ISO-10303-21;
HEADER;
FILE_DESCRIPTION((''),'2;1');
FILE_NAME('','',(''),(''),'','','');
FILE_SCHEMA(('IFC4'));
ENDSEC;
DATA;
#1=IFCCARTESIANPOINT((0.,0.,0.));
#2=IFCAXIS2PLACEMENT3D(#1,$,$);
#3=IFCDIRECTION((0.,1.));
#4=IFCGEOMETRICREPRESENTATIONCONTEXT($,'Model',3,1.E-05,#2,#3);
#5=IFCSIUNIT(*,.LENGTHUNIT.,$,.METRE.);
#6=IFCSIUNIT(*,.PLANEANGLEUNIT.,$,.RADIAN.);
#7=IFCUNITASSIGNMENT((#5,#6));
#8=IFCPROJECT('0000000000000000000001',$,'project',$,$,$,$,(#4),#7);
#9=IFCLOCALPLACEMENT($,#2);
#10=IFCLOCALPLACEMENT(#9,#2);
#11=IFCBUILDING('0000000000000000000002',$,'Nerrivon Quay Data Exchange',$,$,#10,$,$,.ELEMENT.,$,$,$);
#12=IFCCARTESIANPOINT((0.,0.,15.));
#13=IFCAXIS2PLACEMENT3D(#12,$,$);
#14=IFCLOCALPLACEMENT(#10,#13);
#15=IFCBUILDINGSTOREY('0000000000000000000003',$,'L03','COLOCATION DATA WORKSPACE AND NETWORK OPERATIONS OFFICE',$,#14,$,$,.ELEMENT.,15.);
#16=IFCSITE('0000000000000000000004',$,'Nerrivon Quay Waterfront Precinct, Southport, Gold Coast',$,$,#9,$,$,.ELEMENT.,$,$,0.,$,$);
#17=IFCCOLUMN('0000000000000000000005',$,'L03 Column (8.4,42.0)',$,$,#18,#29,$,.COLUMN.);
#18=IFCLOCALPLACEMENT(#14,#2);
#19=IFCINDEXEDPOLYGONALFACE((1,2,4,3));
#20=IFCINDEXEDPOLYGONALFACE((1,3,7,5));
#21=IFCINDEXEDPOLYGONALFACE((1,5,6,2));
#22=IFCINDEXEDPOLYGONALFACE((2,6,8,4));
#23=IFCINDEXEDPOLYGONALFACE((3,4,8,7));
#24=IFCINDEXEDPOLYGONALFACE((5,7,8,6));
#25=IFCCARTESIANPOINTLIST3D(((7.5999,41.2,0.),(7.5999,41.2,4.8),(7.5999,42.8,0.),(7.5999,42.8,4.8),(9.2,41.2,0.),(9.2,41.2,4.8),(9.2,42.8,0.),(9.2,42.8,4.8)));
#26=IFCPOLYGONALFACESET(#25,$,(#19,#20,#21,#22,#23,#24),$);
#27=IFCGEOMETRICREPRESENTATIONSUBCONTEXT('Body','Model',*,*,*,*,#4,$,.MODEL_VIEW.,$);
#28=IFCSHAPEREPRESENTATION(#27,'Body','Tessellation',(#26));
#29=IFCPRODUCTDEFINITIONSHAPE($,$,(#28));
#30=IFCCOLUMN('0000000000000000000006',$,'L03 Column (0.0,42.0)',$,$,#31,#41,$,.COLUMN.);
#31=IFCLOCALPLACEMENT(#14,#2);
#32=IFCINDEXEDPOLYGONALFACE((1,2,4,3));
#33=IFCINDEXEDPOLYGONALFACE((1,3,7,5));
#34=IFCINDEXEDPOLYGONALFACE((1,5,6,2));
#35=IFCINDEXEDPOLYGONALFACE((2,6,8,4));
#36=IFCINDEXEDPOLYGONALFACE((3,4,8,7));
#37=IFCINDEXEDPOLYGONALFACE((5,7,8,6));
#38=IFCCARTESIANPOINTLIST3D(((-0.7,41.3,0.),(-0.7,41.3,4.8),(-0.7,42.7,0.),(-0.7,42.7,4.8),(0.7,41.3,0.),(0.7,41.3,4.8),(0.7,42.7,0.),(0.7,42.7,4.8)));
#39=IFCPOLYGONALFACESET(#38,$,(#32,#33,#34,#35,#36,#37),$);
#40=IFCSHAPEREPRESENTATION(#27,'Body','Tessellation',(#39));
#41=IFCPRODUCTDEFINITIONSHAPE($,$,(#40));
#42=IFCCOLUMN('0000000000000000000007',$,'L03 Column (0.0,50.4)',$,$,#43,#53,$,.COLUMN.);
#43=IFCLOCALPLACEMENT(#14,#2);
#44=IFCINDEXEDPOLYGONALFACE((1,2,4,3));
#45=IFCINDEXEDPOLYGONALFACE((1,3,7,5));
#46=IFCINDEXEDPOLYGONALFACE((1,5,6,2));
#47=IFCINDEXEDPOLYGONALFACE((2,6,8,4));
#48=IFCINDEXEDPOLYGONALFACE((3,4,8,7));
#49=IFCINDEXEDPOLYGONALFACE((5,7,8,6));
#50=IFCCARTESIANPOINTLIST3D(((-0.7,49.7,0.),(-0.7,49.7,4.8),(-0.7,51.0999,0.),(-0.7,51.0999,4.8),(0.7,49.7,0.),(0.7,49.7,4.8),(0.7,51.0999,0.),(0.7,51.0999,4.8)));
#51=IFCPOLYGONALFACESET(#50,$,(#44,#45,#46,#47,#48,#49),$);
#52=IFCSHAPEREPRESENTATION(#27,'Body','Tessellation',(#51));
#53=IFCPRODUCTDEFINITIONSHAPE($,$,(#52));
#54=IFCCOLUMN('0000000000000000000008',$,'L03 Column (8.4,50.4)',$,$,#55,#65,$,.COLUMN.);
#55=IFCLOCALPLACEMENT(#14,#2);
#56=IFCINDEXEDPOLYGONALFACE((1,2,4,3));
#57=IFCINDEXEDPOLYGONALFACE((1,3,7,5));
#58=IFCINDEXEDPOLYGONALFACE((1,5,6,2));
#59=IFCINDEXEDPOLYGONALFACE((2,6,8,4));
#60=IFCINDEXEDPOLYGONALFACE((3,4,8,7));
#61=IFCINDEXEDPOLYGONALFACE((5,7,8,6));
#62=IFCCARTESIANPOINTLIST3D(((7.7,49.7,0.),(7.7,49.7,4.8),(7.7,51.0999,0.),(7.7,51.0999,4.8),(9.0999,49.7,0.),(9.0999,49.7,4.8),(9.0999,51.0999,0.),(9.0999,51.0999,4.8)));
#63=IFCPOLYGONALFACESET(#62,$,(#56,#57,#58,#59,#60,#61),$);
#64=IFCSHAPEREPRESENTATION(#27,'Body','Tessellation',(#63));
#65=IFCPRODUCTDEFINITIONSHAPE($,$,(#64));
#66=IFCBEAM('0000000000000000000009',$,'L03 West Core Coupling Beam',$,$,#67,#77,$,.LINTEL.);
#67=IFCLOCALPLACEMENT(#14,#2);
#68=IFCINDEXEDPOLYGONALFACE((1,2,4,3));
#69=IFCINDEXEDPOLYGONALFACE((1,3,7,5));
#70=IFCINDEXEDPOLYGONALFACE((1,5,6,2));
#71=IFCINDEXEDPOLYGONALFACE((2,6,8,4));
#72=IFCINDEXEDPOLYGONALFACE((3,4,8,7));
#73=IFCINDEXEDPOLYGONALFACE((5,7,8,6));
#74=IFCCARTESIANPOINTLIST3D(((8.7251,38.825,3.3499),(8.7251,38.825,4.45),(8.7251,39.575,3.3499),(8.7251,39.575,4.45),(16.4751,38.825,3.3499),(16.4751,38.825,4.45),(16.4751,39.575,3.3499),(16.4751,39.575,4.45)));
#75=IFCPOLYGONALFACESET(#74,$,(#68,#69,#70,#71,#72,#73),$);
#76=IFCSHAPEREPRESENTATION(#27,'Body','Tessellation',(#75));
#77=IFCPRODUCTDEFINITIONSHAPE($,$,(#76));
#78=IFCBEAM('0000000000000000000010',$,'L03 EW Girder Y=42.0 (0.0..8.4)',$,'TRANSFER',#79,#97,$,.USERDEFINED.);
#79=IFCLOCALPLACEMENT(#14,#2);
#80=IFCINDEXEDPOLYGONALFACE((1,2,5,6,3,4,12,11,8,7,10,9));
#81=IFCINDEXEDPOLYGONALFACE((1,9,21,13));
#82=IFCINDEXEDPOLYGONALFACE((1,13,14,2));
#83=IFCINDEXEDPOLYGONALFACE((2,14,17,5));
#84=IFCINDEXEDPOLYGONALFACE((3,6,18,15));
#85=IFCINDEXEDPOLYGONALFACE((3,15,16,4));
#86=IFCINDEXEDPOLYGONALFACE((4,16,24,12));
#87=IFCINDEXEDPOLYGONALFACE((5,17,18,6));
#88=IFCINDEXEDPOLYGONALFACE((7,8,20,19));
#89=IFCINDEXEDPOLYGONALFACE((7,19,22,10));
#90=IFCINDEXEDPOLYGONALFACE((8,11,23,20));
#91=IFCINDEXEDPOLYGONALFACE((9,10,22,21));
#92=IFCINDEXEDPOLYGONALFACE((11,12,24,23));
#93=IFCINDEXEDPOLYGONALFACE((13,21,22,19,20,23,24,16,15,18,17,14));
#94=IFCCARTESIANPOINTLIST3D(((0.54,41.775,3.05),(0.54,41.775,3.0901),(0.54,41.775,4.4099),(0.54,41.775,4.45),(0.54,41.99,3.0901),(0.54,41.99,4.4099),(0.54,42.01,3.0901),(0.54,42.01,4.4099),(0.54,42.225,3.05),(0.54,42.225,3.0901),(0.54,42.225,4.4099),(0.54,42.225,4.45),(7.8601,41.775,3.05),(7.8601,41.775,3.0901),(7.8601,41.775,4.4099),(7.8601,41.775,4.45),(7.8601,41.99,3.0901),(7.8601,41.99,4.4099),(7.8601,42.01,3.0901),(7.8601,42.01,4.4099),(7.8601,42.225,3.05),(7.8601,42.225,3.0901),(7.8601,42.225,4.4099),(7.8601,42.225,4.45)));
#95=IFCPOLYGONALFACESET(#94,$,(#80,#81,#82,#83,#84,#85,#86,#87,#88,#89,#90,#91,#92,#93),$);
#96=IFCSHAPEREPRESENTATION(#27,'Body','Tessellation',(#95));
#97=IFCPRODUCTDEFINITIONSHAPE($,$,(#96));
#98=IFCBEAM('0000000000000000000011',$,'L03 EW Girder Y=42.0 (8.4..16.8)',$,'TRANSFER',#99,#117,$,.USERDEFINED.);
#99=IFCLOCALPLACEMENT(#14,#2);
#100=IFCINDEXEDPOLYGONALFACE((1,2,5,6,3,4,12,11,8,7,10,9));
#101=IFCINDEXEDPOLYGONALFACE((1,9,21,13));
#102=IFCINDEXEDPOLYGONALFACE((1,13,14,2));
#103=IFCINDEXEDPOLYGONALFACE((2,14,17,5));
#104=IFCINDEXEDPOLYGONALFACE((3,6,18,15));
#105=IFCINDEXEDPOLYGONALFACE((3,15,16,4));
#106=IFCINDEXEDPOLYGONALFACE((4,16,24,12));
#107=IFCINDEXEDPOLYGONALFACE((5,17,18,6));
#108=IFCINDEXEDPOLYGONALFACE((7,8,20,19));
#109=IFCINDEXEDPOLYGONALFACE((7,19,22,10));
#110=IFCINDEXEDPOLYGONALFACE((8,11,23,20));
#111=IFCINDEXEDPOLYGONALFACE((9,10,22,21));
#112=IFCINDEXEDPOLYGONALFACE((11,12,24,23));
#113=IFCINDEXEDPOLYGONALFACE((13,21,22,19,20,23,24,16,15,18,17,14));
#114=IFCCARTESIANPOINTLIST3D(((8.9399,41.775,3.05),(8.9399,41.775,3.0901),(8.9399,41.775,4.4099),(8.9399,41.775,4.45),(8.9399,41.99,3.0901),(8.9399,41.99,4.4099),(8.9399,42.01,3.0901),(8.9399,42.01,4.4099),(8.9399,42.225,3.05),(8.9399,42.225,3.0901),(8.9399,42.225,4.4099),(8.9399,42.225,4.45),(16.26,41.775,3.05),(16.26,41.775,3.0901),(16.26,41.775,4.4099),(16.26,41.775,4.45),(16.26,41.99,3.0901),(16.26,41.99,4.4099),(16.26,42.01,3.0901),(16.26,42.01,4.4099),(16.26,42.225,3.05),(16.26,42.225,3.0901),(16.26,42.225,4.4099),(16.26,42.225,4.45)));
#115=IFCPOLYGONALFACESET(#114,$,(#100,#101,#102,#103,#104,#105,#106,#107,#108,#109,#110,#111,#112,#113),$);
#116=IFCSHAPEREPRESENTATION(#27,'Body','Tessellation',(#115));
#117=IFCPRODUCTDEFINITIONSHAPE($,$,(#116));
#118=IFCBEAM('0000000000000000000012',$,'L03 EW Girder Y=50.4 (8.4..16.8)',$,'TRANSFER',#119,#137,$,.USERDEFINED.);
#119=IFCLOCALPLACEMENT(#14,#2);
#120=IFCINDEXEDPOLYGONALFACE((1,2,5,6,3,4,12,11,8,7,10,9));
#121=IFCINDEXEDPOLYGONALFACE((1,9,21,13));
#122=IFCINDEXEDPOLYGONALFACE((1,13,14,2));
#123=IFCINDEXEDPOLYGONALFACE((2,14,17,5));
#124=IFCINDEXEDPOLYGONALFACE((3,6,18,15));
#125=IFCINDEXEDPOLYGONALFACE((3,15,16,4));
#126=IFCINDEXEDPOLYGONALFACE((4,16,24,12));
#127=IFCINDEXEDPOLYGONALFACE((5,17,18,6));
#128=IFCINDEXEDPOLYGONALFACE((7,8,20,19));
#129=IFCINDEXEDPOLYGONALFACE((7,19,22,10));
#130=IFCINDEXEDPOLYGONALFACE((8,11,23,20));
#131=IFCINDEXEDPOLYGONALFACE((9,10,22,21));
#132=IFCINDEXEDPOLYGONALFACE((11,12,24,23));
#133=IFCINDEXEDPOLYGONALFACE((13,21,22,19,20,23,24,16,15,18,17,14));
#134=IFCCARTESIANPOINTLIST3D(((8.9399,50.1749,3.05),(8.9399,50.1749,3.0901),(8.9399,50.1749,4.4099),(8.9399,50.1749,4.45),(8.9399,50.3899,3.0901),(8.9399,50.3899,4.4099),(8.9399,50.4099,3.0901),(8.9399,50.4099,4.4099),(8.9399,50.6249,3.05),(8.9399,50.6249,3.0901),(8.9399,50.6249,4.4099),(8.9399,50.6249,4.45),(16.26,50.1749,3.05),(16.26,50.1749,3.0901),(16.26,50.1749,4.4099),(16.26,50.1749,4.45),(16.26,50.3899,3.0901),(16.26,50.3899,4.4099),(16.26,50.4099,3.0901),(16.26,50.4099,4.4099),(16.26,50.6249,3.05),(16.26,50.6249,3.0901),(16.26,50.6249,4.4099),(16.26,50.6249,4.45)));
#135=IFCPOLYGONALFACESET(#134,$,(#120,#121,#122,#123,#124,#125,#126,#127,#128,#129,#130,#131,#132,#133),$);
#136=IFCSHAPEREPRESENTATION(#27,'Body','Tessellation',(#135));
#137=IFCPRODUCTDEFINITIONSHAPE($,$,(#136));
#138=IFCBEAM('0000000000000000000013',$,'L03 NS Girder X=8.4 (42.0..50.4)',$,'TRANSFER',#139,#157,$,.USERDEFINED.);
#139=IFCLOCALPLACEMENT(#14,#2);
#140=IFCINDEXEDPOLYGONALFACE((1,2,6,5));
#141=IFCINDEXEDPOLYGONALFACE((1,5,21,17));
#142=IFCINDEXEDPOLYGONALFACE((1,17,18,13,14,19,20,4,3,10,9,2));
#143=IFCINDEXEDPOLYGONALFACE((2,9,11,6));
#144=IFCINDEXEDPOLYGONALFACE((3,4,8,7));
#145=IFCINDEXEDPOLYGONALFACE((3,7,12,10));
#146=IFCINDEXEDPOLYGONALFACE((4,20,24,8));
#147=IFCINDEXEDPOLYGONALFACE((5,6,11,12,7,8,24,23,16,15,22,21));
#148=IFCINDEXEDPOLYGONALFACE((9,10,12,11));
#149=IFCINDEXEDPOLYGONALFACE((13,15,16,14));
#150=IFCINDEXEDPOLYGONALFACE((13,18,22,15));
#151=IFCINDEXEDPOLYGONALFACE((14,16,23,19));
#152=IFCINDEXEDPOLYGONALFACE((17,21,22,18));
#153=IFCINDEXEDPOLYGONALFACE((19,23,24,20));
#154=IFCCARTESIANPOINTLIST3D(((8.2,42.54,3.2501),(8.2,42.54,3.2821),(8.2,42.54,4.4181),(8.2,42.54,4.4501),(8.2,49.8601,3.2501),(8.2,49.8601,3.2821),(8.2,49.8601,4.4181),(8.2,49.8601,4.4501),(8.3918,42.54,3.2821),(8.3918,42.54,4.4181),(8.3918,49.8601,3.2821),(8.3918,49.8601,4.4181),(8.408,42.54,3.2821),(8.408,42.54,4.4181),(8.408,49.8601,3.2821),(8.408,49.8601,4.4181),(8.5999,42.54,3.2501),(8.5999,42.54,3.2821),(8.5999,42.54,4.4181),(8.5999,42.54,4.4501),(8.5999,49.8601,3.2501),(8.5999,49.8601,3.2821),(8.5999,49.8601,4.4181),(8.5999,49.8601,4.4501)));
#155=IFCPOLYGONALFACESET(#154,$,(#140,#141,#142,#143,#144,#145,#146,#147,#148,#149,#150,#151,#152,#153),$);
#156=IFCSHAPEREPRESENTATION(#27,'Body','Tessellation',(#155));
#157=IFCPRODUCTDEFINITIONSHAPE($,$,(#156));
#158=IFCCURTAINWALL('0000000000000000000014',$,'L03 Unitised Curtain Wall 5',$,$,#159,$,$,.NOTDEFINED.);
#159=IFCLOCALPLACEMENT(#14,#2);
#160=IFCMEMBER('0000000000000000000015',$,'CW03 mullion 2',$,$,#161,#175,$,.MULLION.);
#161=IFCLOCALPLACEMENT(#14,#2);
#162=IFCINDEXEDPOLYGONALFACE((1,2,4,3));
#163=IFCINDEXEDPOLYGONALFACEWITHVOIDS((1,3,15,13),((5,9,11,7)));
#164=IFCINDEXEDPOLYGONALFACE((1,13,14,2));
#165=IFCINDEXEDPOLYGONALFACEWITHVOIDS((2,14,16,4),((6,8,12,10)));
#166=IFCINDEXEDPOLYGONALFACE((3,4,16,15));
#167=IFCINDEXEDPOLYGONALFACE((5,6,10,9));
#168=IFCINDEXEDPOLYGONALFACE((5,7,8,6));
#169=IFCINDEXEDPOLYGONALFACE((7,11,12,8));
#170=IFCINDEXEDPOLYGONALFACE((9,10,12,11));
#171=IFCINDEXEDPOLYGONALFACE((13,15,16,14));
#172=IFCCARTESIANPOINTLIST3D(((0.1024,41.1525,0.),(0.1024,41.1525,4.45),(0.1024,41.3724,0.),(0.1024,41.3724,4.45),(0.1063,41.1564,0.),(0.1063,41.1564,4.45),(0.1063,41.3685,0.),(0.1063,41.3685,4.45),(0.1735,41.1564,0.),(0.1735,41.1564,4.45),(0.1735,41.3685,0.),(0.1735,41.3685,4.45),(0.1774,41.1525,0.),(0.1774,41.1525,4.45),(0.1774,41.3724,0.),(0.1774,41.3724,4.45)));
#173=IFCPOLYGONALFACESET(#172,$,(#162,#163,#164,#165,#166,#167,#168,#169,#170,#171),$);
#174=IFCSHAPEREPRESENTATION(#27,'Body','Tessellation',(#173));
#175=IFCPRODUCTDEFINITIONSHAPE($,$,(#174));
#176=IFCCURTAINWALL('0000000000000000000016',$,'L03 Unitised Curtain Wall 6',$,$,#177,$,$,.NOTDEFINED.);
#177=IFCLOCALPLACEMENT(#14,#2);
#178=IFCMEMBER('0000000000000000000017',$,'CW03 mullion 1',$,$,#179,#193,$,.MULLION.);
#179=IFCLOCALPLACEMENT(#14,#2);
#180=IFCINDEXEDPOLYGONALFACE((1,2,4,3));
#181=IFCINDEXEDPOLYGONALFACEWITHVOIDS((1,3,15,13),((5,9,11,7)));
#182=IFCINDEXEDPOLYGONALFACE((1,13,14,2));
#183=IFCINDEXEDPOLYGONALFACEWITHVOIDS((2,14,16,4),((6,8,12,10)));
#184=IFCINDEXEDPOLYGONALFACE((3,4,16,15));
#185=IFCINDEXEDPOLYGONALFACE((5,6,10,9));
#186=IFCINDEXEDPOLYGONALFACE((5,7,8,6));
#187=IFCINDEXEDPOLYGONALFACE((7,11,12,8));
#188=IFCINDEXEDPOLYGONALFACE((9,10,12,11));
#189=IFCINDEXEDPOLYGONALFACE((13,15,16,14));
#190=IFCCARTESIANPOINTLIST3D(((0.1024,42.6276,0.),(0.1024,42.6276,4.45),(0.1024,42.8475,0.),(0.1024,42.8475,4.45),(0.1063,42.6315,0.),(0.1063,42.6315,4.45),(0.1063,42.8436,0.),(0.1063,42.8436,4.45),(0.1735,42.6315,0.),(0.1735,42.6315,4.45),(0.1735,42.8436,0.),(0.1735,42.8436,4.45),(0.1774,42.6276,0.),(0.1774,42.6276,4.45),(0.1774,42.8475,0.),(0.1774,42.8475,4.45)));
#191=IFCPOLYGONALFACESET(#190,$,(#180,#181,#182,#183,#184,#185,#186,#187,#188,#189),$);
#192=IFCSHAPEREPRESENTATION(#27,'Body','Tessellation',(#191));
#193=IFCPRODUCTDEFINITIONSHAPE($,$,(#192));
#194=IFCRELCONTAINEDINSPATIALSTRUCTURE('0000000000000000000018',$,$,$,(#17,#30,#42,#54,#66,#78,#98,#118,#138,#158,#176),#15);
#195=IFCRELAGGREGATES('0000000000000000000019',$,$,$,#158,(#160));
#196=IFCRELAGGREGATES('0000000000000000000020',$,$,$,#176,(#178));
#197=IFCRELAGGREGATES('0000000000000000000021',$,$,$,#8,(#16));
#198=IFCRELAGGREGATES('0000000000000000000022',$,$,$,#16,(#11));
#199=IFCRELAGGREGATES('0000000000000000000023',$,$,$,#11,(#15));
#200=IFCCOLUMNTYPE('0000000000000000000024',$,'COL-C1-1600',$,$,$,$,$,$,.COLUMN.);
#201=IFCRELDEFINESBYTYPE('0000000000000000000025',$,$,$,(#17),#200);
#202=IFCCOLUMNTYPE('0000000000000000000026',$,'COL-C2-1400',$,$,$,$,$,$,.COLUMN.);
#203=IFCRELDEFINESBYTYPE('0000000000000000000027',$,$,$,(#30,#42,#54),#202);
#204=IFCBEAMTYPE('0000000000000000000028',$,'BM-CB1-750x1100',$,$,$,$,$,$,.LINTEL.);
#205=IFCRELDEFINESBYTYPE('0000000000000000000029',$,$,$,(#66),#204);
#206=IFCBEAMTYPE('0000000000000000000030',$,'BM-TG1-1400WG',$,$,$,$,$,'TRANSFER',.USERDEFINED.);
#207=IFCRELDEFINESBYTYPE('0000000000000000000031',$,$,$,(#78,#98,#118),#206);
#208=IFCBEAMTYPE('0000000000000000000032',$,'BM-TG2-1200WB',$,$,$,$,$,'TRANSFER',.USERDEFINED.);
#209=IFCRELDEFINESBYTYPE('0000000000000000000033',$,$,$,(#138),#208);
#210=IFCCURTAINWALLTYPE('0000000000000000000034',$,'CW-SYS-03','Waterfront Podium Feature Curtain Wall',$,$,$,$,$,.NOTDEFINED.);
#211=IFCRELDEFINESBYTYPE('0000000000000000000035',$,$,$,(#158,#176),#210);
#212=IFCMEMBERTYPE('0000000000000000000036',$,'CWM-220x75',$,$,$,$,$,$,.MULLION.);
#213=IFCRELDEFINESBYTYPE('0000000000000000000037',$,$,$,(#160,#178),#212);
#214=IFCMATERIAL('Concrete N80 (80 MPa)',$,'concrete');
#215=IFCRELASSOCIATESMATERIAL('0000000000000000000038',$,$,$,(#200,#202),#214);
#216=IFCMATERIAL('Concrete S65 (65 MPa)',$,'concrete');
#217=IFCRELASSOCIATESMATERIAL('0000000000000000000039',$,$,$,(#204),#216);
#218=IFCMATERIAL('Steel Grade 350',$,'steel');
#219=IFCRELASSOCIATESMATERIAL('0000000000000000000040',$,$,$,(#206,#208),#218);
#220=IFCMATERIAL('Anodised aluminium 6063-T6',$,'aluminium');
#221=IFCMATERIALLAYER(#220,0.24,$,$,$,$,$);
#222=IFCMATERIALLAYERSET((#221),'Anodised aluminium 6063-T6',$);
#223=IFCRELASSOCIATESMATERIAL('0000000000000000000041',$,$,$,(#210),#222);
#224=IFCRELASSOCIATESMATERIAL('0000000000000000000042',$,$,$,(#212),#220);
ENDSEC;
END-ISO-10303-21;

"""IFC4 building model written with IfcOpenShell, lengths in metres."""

from ifc_helpers import new_model, si_unit, direction, frame, origin, origin_2d, place, context, subcontext, project, spatial, rectangle, hollow_rectangle, i_section, extrude, material, layer, layer_set, material_profile, profile_set, type_object, element, aggregate, save


model = new_model("IFC4")

# Units and contexts
model_context = context("Model", 3, precision=1e-05, world=origin(), true_north=direction((0.0, 1.0)))
body_context = subcontext(model_context, "Body", "Model", "MODEL_VIEW")
ifc_project = project(units=[si_unit("LENGTHUNIT", "METRE"), si_unit("PLANEANGLEUNIT", "RADIAN")], contexts=[model_context])

# Site, building, storey
site_placement = place(None, origin())
site = spatial("IfcSite", under=ifc_project, at=site_placement, Name="Nerrivon Quay Waterfront Precinct, Southport, Gold Coast", CompositionType="ELEMENT", RefElevation=0.0)
building_placement = place(site_placement, origin())
building = spatial("IfcBuilding", under=site, at=building_placement, Name="Nerrivon Quay Data Exchange", CompositionType="ELEMENT")
storey_placement = place(building_placement, frame((0.0, 0.0, 15.0)))
storey = spatial("IfcBuildingStorey", under=building, at=storey_placement, Name="L03", Description="COLOCATION DATA WORKSPACE AND NETWORK OPERATIONS OFFICE", CompositionType="ELEMENT", Elevation=15.0)

# Columns
ifc_material_1 = material(Name="Concrete N80 (80 MPa)", Category="concrete")
ifc_material_profile_1 = material_profile(ifc_material_1, rectangle(XDim=1.6001, YDim=1.6001, at=origin_2d()), Name="RC-COL-1600x1600")
ifc_profile_set_1 = profile_set([ifc_material_profile_1], Name="Concrete N80 (80 MPa)")
column_type_1 = type_object("IfcColumnType", Name="COL-C1-1600", PredefinedType="COLUMN", material=ifc_profile_set_1)
column_placement = place(storey_placement, frame((8.3999, 42.0, 0.0), z_axis=(0.0, 0.0, 1.0), x_axis=(1.0, 0.0, 0.0)))
element("IfcColumn", 1, at=column_placement, inside=storey, type_object=column_type_1, Name="L03 Column (8.4,42.0)", PredefinedType="COLUMN", context=body_context, shape_type="SweptSolid", body=[
    extrude(rectangle(XDim=1.6001, YDim=1.6001, at=origin_2d()), origin(), (0.0, 0.0, 1.0), 4.8),
])
ifc_material_profile_2 = material_profile(ifc_material_1, rectangle(XDim=1.3999, YDim=1.3999, at=origin_2d()), Name="RC-COL-1400x1400")
ifc_profile_set_2 = profile_set([ifc_material_profile_2], Name="Concrete N80 (80 MPa)")
column_type_2 = type_object("IfcColumnType", Name="COL-C2-1400", PredefinedType="COLUMN", material=ifc_profile_set_2)
for number, where, z_axis, x_axis, name in (
    (2, (0.0, 42.0, 0.0), (0.0, 0.0, 1.0), (1.0, 0.0, 0.0), "L03 Column (0.0,42.0)"),
    (3, (0.0, 50.3999, 0.0), (0.0, 0.0, 1.0), (1.0, 0.0, 0.0), "L03 Column (0.0,50.4)"),
    (4, (8.3999, 50.3999, 0.0), (0.0, 0.0, 1.0), (1.0, 0.0, 0.0), "L03 Column (8.4,50.4)"),
):
    element("IfcColumn", number, at=place(storey_placement, frame(where, z_axis=z_axis, x_axis=x_axis)), inside=storey, type_object=column_type_2, Name=name, PredefinedType="COLUMN", context=body_context, shape_type="SweptSolid", body=[
        extrude(rectangle(XDim=1.3999, YDim=1.3999, at=origin_2d()), origin(), (0.0, 0.0, 1.0), 4.8),
    ])

# Beams
ifc_material_2 = material(Name="Concrete S65 (65 MPa)", Category="concrete")
ifc_material_profile_3 = material_profile(ifc_material_2, rectangle(XDim=0.75, YDim=1.1001, at=origin_2d()), Name="RC-CB-750x1100")
ifc_profile_set_3 = profile_set([ifc_material_profile_3], Name="Concrete S65 (65 MPa)")
beam_type_1 = type_object("IfcBeamType", Name="BM-CB1-750x1100", PredefinedType="LINTEL", material=ifc_profile_set_3)
beam_1_placement = place(storey_placement, frame((8.7251, 39.2, 3.8999), z_axis=(1.0, 0.0, 0.0), x_axis=(0.0, 1.0, 0.0)))
element("IfcBeam", 5, at=beam_1_placement, inside=storey, type_object=beam_type_1, Name="L03 West Core Coupling Beam", PredefinedType="LINTEL", context=body_context, shape_type="SweptSolid", body=[
    extrude(rectangle(XDim=0.75, YDim=1.1001, at=origin_2d()), origin(), (0.0, 0.0, 1.0), 7.75),
])
ifc_material_3 = material(Name="Steel Grade 350", Category="steel")
ifc_material_profile_4 = material_profile(ifc_material_3, i_section(OverallWidth=0.45, OverallDepth=1.3999, WebThickness=0.02, FlangeThickness=0.04, at=origin_2d()), Name="1400WG455")
ifc_profile_set_4 = profile_set([ifc_material_profile_4], Name="Steel Grade 350")
beam_type_2 = type_object("IfcBeamType", Name="BM-TG1-1400WG", ElementType="TRANSFER", PredefinedType="USERDEFINED", material=ifc_profile_set_4)
for number, where, z_axis, x_axis, name in (
    (6, (0.54, 42.0, 3.75), (1.0, 0.0, 0.0), (0.0, 1.0, 0.0), "L03 EW Girder Y=42.0 (0.0..8.4)"),
    (7, (8.9399, 42.0, 3.75), (1.0, 0.0, 0.0), (0.0, 1.0, 0.0), "L03 EW Girder Y=42.0 (8.4..16.8)"),
    (8, (8.9399, 50.3999, 3.75), (1.0, 0.0, 0.0), (0.0, 1.0, 0.0), "L03 EW Girder Y=50.4 (8.4..16.8)"),
):
    element("IfcBeam", number, at=place(storey_placement, frame(where, z_axis=z_axis, x_axis=x_axis)), inside=storey, type_object=beam_type_2, Name=name, ObjectType="TRANSFER", PredefinedType="USERDEFINED", context=body_context, shape_type="SweptSolid", body=[
        extrude(i_section(OverallWidth=0.45, OverallDepth=1.3999, WebThickness=0.02, FlangeThickness=0.04, at=origin_2d()), origin(), (0.0, 0.0, 1.0), 7.3201),
    ])
ifc_material_profile_5 = material_profile(ifc_material_3, i_section(OverallWidth=0.3999, OverallDepth=1.2, WebThickness=0.0161, FlangeThickness=0.032, at=origin_2d()), Name="1200WB342")
ifc_profile_set_5 = profile_set([ifc_material_profile_5], Name="Steel Grade 350")
beam_type_3 = type_object("IfcBeamType", Name="BM-TG2-1200WB", ElementType="TRANSFER", PredefinedType="USERDEFINED", material=ifc_profile_set_5)
beam_2_placement = place(storey_placement, frame((8.3999, 42.54, 3.8501), z_axis=(0.0, 1.0, 0.0), x_axis=(-1.0, 0.0, 0.0)))
element("IfcBeam", 9, at=beam_2_placement, inside=storey, type_object=beam_type_3, Name="L03 NS Girder X=8.4 (42.0..50.4)", ObjectType="TRANSFER", PredefinedType="USERDEFINED", context=body_context, shape_type="SweptSolid", body=[
    extrude(i_section(OverallWidth=0.3999, OverallDepth=1.2, WebThickness=0.0161, FlangeThickness=0.032, at=origin_2d()), origin(), (0.0, 0.0, 1.0), 7.3201),
])

# Curtain wall, member
ifc_material_4 = material(Name="Anodised aluminium 6063-T6", Category="aluminium")
ifc_layer_1 = layer(ifc_material_4, 0.24)
ifc_layer_set_1 = layer_set([ifc_layer_1], Name="Anodised aluminium 6063-T6")
curtain_wall_type = type_object("IfcCurtainWallType", Name="CW-SYS-03", Description="Waterfront Podium Feature Curtain Wall", PredefinedType="NOTDEFINED", material=ifc_layer_set_1)
curtain_wall_1_placement = place(storey_placement, origin())
curtain_wall_1 = element("IfcCurtainWall", 10, at=curtain_wall_1_placement, inside=storey, type_object=curtain_wall_type, Name="L03 Unitised Curtain Wall 5", PredefinedType="NOTDEFINED")
ifc_material_profile_6 = material_profile(ifc_material_4, hollow_rectangle(XDim=0.075, YDim=0.22, WallThickness=0.0039, at=origin_2d()), Name="ALU-MULL-220x75")
ifc_profile_set_6 = profile_set([ifc_material_profile_6], Name="Anodised aluminium 6063-T6")
member_type_1 = type_object("IfcMemberType", Name="CWM-220x75", PredefinedType="MULLION", material=ifc_profile_set_6)
member_1_placement = place(storey_placement, frame((0.1399, 41.2625, 0.0), z_axis=(0.0, 0.0, 1.0), x_axis=(-1.0, 0.0, 0.0)))
member_1 = element("IfcMember", 11, at=member_1_placement, type_object=member_type_1, Name="CW03 mullion 2", PredefinedType="MULLION", context=body_context, shape_type="SweptSolid", body=[
    extrude(hollow_rectangle(XDim=0.075, YDim=0.22, WallThickness=0.0039, at=origin_2d()), origin(), (0.0, 0.0, 1.0), 4.45),
])

# Curtain wall, member
curtain_wall_2_placement = place(storey_placement, origin())
curtain_wall_2 = element("IfcCurtainWall", 12, at=curtain_wall_2_placement, inside=storey, type_object=curtain_wall_type, Name="L03 Unitised Curtain Wall 6", PredefinedType="NOTDEFINED")
member_2_placement = place(storey_placement, frame((0.1399, 42.7375, 0.0), z_axis=(0.0, 0.0, 1.0), x_axis=(-1.0, 0.0, 0.0)))
member_2 = element("IfcMember", 13, at=member_2_placement, type_object=member_type_1, Name="CW03 mullion 1", PredefinedType="MULLION", context=body_context, shape_type="SweptSolid", body=[
    extrude(hollow_rectangle(XDim=0.075, YDim=0.22, WallThickness=0.0039, at=origin_2d()), origin(), (0.0, 0.0, 1.0), 4.45),
])

aggregate(curtain_wall_1, [member_1])
aggregate(curtain_wall_2, [member_2])

save(model, "model.ifc")
